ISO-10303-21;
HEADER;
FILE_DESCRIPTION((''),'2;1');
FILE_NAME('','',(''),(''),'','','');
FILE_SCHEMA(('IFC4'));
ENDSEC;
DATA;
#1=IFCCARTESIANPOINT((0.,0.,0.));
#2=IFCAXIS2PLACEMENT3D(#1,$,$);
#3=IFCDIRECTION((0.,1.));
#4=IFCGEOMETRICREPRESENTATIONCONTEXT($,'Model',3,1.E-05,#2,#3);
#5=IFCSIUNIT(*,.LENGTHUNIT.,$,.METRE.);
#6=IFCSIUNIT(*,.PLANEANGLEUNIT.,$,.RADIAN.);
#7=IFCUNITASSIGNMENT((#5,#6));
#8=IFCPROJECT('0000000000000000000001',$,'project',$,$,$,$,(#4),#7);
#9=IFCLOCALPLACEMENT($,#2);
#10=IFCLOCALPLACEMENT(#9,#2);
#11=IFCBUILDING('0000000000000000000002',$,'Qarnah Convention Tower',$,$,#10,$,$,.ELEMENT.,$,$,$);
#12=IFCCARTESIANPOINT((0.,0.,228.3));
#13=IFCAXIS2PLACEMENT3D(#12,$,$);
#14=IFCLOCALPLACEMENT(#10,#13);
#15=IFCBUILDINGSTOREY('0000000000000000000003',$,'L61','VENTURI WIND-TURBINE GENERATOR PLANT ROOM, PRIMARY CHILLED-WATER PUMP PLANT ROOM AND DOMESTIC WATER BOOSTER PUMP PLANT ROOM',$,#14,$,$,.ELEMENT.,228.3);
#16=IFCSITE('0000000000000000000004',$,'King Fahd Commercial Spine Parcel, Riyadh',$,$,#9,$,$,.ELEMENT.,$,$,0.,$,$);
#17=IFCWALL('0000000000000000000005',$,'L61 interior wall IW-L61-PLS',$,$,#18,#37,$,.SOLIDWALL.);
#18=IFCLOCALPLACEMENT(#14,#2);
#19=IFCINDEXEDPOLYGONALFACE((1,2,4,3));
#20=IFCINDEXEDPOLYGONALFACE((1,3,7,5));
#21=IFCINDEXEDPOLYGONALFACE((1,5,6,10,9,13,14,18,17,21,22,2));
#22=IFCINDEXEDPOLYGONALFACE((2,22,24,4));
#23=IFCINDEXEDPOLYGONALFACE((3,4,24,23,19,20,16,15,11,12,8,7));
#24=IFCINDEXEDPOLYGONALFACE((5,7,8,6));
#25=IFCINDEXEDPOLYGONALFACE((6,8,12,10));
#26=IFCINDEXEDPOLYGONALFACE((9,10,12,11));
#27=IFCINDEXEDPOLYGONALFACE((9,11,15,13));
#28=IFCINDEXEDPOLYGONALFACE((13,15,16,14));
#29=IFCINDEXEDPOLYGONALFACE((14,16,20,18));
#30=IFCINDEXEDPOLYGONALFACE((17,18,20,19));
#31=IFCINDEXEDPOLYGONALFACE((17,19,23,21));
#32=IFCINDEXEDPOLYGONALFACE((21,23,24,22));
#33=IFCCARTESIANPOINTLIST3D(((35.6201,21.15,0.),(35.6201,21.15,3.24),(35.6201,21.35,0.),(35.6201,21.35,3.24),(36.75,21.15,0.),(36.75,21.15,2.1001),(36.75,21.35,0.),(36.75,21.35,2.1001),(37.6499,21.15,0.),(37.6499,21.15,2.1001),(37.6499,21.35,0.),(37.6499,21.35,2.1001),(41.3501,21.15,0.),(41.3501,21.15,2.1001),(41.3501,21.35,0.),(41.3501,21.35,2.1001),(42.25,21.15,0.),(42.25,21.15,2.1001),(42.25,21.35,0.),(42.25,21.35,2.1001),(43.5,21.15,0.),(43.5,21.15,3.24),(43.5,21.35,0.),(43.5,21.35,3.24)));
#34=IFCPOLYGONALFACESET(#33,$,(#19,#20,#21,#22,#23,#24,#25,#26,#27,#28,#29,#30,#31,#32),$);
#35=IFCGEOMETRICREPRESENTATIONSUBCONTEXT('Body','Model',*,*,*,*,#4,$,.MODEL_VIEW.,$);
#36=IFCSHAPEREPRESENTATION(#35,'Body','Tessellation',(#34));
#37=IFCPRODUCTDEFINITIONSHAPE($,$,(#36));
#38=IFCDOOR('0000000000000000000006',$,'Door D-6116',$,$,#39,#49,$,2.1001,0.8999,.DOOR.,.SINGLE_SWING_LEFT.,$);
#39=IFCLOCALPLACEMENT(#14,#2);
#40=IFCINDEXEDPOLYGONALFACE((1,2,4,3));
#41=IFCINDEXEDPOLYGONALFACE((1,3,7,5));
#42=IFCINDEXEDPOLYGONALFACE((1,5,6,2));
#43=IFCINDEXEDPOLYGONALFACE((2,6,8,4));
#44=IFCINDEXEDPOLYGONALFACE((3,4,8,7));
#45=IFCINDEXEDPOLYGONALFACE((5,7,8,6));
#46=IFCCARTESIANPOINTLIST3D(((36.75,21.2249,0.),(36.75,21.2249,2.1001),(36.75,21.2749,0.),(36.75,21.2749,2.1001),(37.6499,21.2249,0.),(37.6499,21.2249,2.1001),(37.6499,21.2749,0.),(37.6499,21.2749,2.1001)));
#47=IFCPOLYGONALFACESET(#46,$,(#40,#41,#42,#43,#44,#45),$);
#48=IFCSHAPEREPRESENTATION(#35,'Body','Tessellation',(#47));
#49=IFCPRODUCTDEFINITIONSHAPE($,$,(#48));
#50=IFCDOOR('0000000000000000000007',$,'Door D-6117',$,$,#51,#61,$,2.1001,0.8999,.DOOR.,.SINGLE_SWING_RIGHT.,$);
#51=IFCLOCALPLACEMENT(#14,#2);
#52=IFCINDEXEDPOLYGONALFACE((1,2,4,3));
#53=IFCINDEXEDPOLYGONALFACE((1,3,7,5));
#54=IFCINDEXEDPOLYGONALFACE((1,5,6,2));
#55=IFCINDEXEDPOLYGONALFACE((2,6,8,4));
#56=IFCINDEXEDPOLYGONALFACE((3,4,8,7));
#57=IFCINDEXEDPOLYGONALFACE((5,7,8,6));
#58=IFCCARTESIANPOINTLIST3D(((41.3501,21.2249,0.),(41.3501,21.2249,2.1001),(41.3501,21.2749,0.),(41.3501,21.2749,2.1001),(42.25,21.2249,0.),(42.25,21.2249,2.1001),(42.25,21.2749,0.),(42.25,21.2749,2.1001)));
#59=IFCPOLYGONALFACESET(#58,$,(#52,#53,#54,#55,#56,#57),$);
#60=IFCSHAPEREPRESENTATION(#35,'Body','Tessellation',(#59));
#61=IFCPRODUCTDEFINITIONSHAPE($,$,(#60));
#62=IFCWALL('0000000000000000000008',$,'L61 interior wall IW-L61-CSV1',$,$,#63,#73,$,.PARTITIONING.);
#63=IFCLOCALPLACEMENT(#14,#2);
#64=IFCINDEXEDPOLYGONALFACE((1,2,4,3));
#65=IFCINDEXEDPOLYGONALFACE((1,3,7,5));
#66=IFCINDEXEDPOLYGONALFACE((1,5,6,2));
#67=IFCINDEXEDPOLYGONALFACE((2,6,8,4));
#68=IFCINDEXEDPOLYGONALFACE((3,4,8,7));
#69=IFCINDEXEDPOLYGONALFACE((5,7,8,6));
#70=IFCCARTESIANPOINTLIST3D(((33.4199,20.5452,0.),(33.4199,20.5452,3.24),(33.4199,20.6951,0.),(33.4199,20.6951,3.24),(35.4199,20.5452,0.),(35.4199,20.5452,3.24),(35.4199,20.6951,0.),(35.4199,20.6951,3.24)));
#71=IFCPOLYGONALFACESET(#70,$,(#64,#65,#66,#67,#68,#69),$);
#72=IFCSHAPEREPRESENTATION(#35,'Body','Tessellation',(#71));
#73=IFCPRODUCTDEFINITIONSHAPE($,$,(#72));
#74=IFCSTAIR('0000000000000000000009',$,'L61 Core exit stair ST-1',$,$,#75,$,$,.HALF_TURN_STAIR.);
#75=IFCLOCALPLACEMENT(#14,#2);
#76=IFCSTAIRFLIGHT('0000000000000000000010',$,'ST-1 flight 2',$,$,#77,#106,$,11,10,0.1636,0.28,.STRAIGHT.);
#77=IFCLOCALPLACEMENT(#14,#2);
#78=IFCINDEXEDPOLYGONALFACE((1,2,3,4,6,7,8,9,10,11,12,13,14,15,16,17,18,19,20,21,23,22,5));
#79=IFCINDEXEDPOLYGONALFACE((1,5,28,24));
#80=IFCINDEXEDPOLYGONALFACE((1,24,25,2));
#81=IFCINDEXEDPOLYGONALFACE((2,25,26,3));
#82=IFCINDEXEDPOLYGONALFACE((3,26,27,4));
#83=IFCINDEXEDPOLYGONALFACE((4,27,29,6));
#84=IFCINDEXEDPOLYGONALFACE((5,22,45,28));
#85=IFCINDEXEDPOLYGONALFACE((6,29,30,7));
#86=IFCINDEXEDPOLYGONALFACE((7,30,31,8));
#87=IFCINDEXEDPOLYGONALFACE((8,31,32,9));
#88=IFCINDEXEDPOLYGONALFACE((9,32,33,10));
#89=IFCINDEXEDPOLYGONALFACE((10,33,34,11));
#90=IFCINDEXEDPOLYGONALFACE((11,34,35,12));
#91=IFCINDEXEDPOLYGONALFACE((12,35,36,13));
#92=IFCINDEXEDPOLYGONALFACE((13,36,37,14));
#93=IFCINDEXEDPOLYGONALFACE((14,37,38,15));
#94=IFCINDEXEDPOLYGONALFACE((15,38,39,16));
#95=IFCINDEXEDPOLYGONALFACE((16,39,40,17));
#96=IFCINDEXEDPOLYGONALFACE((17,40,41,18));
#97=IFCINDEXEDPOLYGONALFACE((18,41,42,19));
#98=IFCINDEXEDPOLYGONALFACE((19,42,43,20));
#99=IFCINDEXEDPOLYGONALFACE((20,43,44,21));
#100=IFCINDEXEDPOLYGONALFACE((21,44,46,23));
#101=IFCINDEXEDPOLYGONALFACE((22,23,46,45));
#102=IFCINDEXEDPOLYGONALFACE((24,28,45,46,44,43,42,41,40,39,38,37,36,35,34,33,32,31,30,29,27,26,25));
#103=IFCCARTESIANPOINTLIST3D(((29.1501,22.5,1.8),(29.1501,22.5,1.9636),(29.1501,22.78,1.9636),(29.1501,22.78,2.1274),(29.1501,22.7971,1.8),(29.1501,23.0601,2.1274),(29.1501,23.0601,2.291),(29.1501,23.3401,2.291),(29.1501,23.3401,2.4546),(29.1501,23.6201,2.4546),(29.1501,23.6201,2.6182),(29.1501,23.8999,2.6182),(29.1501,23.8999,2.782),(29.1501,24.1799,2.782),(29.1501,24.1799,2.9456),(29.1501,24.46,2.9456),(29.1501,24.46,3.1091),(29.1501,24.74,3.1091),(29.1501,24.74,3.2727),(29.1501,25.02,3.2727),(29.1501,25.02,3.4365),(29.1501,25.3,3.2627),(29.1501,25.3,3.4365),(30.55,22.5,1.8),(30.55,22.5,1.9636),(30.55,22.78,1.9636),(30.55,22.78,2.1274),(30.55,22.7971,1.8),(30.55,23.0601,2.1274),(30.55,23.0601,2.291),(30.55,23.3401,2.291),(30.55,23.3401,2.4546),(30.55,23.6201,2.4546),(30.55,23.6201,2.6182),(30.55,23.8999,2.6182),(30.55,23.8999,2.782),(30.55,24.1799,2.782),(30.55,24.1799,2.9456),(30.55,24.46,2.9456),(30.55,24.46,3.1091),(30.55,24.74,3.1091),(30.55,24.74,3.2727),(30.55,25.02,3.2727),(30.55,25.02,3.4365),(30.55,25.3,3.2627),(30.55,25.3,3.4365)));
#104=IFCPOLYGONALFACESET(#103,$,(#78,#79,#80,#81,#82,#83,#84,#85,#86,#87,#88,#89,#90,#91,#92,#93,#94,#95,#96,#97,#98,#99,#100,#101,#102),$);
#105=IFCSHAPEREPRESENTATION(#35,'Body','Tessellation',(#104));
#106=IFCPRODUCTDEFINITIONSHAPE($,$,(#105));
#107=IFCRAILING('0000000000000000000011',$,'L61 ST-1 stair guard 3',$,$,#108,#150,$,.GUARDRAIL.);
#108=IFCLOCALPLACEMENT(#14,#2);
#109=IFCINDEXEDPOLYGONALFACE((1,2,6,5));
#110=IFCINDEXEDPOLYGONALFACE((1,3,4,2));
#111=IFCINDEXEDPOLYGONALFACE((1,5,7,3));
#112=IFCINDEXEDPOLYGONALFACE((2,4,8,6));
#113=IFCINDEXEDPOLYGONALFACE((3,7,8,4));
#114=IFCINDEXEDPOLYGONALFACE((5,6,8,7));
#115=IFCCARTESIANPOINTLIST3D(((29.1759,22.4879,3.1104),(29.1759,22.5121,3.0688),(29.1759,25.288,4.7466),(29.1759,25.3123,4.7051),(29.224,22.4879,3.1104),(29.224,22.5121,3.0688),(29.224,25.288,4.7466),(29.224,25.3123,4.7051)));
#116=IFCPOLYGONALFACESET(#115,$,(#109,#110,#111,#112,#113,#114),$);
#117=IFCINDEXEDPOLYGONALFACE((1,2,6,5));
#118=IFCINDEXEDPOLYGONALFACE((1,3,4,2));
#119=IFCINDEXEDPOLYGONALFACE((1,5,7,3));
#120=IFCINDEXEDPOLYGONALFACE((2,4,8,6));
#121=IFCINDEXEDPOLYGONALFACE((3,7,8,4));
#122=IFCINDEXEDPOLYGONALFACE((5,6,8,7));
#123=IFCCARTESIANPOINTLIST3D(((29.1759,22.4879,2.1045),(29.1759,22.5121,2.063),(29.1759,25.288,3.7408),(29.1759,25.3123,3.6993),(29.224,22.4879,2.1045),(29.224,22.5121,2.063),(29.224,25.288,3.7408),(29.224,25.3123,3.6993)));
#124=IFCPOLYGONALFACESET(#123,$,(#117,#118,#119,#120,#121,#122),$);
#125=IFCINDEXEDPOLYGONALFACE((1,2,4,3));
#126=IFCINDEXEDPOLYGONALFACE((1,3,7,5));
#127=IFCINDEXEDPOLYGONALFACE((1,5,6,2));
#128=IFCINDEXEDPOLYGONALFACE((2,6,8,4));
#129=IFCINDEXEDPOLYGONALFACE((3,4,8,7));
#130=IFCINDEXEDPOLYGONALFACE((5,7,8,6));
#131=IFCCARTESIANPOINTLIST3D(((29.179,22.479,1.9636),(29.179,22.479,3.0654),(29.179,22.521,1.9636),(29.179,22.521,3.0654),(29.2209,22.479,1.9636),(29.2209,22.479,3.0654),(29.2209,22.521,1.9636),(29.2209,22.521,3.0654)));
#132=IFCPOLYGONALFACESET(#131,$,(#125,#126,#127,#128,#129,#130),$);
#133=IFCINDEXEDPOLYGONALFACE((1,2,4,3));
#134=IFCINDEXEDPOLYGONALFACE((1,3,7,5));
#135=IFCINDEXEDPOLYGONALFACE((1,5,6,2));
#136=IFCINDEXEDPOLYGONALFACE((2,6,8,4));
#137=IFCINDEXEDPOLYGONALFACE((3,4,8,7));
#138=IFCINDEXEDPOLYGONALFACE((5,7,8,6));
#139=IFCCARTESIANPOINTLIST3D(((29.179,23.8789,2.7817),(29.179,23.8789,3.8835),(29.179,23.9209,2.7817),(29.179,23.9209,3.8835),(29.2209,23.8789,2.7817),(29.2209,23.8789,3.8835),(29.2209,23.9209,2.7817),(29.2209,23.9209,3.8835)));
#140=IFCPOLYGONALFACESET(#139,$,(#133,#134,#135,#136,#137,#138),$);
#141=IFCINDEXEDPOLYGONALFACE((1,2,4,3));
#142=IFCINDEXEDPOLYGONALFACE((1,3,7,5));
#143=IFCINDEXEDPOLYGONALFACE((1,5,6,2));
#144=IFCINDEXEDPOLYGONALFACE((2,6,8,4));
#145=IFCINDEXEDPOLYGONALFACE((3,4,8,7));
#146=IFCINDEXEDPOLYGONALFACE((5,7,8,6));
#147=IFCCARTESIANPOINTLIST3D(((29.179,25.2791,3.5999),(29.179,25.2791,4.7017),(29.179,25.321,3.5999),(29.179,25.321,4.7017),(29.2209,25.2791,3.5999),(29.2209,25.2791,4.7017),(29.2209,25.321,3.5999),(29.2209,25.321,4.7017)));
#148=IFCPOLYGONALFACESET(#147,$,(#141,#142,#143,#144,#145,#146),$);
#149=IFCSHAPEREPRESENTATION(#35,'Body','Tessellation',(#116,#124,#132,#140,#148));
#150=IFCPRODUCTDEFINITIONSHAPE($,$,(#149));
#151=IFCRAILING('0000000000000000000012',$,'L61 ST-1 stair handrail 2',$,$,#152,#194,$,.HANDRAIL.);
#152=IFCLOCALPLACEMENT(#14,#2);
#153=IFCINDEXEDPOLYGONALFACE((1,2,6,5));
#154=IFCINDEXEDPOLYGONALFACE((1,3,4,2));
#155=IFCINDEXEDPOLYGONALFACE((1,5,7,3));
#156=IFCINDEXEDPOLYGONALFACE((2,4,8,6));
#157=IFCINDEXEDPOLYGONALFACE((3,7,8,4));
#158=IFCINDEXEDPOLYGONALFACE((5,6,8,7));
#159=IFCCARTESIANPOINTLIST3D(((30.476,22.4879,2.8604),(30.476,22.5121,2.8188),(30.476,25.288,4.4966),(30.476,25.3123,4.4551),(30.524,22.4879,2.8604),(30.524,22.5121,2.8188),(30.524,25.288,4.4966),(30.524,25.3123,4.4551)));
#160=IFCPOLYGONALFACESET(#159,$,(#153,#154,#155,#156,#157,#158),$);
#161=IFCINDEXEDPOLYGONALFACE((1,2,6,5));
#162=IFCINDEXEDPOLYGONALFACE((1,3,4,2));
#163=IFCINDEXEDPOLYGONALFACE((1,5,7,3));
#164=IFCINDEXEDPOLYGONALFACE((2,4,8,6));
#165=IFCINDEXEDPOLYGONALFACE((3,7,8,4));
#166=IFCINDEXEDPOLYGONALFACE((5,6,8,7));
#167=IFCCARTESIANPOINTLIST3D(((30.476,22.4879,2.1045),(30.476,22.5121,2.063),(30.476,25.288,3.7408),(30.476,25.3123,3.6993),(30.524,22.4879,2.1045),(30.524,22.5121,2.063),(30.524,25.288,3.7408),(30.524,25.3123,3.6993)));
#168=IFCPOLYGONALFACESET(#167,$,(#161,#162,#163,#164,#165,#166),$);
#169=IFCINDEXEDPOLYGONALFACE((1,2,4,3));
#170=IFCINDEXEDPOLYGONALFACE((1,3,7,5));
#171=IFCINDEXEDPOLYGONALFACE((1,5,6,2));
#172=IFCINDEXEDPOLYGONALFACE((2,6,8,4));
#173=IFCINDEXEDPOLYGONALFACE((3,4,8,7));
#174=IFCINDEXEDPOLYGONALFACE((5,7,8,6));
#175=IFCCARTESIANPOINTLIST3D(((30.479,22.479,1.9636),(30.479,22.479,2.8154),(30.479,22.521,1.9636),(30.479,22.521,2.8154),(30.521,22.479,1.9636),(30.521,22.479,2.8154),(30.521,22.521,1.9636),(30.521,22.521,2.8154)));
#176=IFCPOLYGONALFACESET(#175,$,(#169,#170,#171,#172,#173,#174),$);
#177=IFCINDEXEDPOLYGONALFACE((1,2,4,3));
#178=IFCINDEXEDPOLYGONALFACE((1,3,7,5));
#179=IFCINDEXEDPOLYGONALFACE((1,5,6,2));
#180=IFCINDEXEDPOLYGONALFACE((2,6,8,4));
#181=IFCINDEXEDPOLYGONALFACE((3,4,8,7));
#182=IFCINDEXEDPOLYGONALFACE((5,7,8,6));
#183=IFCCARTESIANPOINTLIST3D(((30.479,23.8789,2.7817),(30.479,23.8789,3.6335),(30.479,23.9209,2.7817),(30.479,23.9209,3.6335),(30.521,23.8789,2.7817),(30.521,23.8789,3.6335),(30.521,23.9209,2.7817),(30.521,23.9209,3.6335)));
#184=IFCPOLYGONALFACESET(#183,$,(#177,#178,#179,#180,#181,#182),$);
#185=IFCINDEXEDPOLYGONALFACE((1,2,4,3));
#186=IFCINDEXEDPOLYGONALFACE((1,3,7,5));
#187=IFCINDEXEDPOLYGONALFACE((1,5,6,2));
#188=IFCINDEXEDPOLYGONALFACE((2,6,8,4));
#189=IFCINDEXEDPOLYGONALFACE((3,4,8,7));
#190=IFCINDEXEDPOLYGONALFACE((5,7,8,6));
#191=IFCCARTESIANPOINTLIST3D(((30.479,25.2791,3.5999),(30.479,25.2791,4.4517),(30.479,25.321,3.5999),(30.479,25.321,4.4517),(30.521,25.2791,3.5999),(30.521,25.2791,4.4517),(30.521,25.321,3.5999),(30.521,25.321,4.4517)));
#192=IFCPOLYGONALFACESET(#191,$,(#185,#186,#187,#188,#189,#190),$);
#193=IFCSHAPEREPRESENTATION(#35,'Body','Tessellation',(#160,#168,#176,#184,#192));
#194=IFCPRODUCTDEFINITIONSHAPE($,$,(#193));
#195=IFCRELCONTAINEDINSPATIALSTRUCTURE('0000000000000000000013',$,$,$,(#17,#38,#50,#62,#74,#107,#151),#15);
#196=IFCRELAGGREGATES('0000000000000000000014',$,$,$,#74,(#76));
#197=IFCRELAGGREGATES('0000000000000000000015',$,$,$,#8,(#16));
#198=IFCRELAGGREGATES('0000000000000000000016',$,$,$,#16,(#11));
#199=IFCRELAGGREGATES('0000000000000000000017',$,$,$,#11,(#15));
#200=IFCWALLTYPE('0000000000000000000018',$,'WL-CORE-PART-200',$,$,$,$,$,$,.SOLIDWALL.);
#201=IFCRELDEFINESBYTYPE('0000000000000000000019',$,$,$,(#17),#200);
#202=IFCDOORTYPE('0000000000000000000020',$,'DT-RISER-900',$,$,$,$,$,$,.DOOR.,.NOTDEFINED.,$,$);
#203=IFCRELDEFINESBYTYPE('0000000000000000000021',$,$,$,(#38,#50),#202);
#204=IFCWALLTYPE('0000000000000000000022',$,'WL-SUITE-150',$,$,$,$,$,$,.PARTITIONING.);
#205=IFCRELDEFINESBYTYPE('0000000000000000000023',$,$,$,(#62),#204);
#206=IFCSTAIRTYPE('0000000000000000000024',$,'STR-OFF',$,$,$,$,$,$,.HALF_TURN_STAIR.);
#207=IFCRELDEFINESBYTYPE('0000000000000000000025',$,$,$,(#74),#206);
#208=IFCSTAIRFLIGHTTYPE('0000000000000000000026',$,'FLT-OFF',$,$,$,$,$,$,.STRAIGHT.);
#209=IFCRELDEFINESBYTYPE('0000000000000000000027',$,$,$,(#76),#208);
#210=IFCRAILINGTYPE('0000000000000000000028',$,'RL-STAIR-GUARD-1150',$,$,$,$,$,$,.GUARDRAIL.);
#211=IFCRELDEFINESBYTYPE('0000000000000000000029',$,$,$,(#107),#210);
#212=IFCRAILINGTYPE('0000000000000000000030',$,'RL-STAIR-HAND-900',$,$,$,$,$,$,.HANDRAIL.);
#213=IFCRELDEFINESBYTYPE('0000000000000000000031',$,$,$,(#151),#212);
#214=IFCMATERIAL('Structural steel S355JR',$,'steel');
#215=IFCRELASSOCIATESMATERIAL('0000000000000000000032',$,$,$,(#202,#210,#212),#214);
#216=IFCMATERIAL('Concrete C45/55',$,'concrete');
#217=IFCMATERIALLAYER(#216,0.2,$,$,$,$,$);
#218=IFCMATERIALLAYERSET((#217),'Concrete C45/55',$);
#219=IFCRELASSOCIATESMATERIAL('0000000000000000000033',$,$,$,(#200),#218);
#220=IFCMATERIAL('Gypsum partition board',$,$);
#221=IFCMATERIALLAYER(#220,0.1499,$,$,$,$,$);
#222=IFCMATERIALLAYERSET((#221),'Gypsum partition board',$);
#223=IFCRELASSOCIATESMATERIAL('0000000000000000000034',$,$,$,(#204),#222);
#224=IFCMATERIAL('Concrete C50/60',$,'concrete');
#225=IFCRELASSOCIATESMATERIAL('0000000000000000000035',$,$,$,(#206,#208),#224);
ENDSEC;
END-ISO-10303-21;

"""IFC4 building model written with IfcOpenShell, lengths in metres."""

from ifc_helpers import new_model, si_unit, direction, frame, frame_2d, origin, origin_2d, place, context, subcontext, project, spatial, polyline, rectangle, outline, extrude, material, layer, layer_set, type_object, element, fill, aggregate, save


model = new_model("IFC4")

# Units and contexts
model_context = context("Model", 3, precision=1e-05, world=origin(), true_north=direction((0.0, 1.0)))
body_context = subcontext(model_context, "Body", "Model", "MODEL_VIEW")
ifc_project = project(units=[si_unit("LENGTHUNIT", "METRE"), si_unit("PLANEANGLEUNIT", "RADIAN")], contexts=[model_context])

# Site, building, storey
site_placement = place(None, origin())
site = spatial("IfcSite", under=ifc_project, at=site_placement, Name="King Fahd Commercial Spine Parcel, Riyadh", CompositionType="ELEMENT", RefElevation=0.0)
building_placement = place(site_placement, origin())
building = spatial("IfcBuilding", under=site, at=building_placement, Name="Qarnah Convention Tower", CompositionType="ELEMENT")
storey_placement = place(building_placement, frame((0.0, 0.0, 228.3)))
storey = spatial("IfcBuildingStorey", under=building, at=storey_placement, Name="L61", Description="VENTURI WIND-TURBINE GENERATOR PLANT ROOM, PRIMARY CHILLED-WATER PUMP PLANT ROOM AND DOMESTIC WATER BOOSTER PUMP PLANT ROOM", CompositionType="ELEMENT", Elevation=228.3)

# Shared definitions
ifc_material_1 = material(Name="Structural steel S355JR", Category="steel")

# Shared definitions
door_type_1 = type_object("IfcDoorType", Name="DT-RISER-900", OperationType="NOTDEFINED", PredefinedType="DOOR", material=ifc_material_1)
ifc_material_2 = material(Name="Concrete C45/55", Category="concrete")
ifc_layer_1 = layer(ifc_material_2, 0.2)
ifc_layer_set_1 = layer_set([ifc_layer_1], Name="Concrete C45/55")
wall_type_1 = type_object("IfcWallType", Name="WL-CORE-PART-200", PredefinedType="SOLIDWALL", material=ifc_layer_set_1)

# Wall, openings, doors
wall_1_placement = place(storey_placement, frame((35.6201, 21.25, 0.0), z_axis=(0.0, 0.0, 1.0), x_axis=(1.0, 0.0, 0.0)))
wall_1 = element("IfcWall", 1, at=wall_1_placement, inside=storey, type_object=wall_type_1, Name="L61 interior wall IW-L61-PLS", PredefinedType="SOLIDWALL", context=body_context, shape_type="SweptSolid", body=[
    extrude(rectangle(XDim=7.8799, YDim=0.2, at=frame_2d((3.9399, 0.0))), origin(), (0.0, 0.0, 1.0), 3.24),
])
opening_1_placement = place(wall_1_placement, frame((1.1299, 0.0, 0.0)))
opening_1 = element("IfcOpeningElement", 2, at=opening_1_placement, cuts=wall_1, PredefinedType="OPENING", context=body_context, shape_type="SweptSolid", body=[
    extrude(rectangle(XDim=0.8999, YDim=2.1001, at=frame_2d((0.45, 1.05))), frame((0.0, 0.1099, 0.0), z_axis=(0.0, -1.0, 0.0), x_axis=(1.0, 0.0, 0.0)), (0.0, 0.0, 1.0), 0.22),
])
opening_2_placement = place(wall_1_placement, frame((5.73, 0.0, 0.0)))
opening_2 = element("IfcOpeningElement", 3, at=opening_2_placement, cuts=wall_1, PredefinedType="OPENING", context=body_context, shape_type="SweptSolid", body=[
    extrude(rectangle(XDim=0.8999, YDim=2.1001, at=frame_2d((0.45, 1.05))), frame((0.0, 0.1099, 0.0), z_axis=(0.0, -1.0, 0.0), x_axis=(1.0, 0.0, 0.0)), (0.0, 0.0, 1.0), 0.22),
])
door_1_placement = place(opening_1_placement, origin())
door_1 = element("IfcDoor", 4, at=door_1_placement, inside=storey, type_object=door_type_1, Name="Door D-6116", OperationType="SINGLE_SWING_LEFT", OverallHeight=2.1001, OverallWidth=0.8999, PredefinedType="DOOR", context=body_context, shape_type="SweptSolid", body=[
    extrude(rectangle(XDim=0.8999, YDim=2.1001, at=frame_2d((0.45, 1.05))), frame((0.0, 0.0249, 0.0), z_axis=(0.0, -1.0, 0.0), x_axis=(1.0, 0.0, 0.0)), (0.0, 0.0, 1.0), 0.05),
])
fill(opening_1, door_1)
door_2_placement = place(opening_2_placement, origin())
door_2 = element("IfcDoor", 5, at=door_2_placement, inside=storey, type_object=door_type_1, Name="Door D-6117", OperationType="SINGLE_SWING_RIGHT", OverallHeight=2.1001, OverallWidth=0.8999, PredefinedType="DOOR", context=body_context, shape_type="SweptSolid", body=[
    extrude(rectangle(XDim=0.8999, YDim=2.1001, at=frame_2d((0.45, 1.05))), frame((0.0, 0.0249, 0.0), z_axis=(0.0, -1.0, 0.0), x_axis=(1.0, 0.0, 0.0)), (0.0, 0.0, 1.0), 0.05),
])
fill(opening_2, door_2)

# Wall
ifc_material_3 = material(Name="Gypsum partition board")
ifc_layer_2 = layer(ifc_material_3, 0.1499)
ifc_layer_set_2 = layer_set([ifc_layer_2], Name="Gypsum partition board")
wall_type_2 = type_object("IfcWallType", Name="WL-SUITE-150", PredefinedType="PARTITIONING", material=ifc_layer_set_2)
wall_2_placement = place(storey_placement, frame((33.4199, 20.6201, 0.0), z_axis=(0.0, 0.0, 1.0), x_axis=(1.0, 0.0, 0.0)))
element("IfcWall", 6, at=wall_2_placement, inside=storey, type_object=wall_type_2, Name="L61 interior wall IW-L61-CSV1", PredefinedType="PARTITIONING", context=body_context, shape_type="SweptSolid", body=[
    extrude(rectangle(XDim=2.0, YDim=0.1499, at=frame_2d((1.0, 0.0))), origin(), (0.0, 0.0, 1.0), 3.24),
])

# Stair, stair flight
ifc_material_4 = material(Name="Concrete C50/60", Category="concrete")
stair_type = type_object("IfcStairType", Name="STR-OFF", PredefinedType="HALF_TURN_STAIR", material=ifc_material_4)
stair_placement = place(storey_placement, origin())
stair = element("IfcStair", 7, at=stair_placement, inside=storey, type_object=stair_type, Name="L61 Core exit stair ST-1", PredefinedType="HALF_TURN_STAIR")
stair_flight_type = type_object("IfcStairFlightType", Name="FLT-OFF", PredefinedType="STRAIGHT", material=ifc_material_4)
stair_flight_placement = place(storey_placement, frame((29.8501, 22.5, 1.8), z_axis=(0.0, 0.0, 1.0), x_axis=(0.0, 1.0, 0.0)))
stair_flight = element("IfcStairFlight", 8, at=stair_flight_placement, type_object=stair_flight_type, Name="ST-1 flight 2", NumberOfRisers=11, NumberOfTreads=10, PredefinedType="STRAIGHT", RiserHeight=0.1636, TreadLength=0.28, context=body_context, shape_type="SweptSolid", body=[
    extrude(outline(polyline([(0.0, 0.0), (0.0, 0.1636), (0.28, 0.1636), (0.28, 0.3274), (0.5601, 0.3274), (0.5601, 0.491), (0.8401, 0.491), (0.8401, 0.6545), (1.1201, 0.6545), (1.1201, 0.8181), (1.3999, 0.8181), (1.3999, 0.9819), (1.6799, 0.9819), (1.6799, 1.1455), (1.96, 1.1455), (1.96, 1.3091), (2.24, 1.3091), (2.24, 1.4727), (2.52, 1.4727), (2.52, 1.6365), (2.8, 1.6365), (2.8, 1.8), (2.8, 1.4626), (0.2971, 0.0), (0.0, 0.0)])), frame((0.0, 0.7, 0.0), z_axis=(0.0, -1.0, 0.0), x_axis=(1.0, 0.0, 0.0)), (0.0, 0.0, 1.0), 1.3999),
])
aggregate(stair, [stair_flight])

# Railings
railing_type_1 = type_object("IfcRailingType", Name="RL-STAIR-GUARD-1150", PredefinedType="GUARDRAIL", material=ifc_material_1)
railing_1_placement = place(storey_placement, frame((29.2, 22.5, 1.9636)))
element("IfcRailing", 9, at=railing_1_placement, inside=storey, type_object=railing_type_1, Name="L61 ST-1 stair guard 3", PredefinedType="GUARDRAIL", context=body_context, shape_type="SweptSolid", body=[
    extrude(rectangle(XDim=0.0481, YDim=0.0481, at=origin_2d()), frame((0.0, 0.0, 1.126), z_axis=(0.0, 0.863394, 0.504531), x_axis=(-1.0, 0.0, 0.0)), (0.0, 0.0, 1.0), 3.2432),
    extrude(rectangle(XDim=0.0481, YDim=0.0481, at=origin_2d()), frame((0.0, 0.0, 0.1201), z_axis=(0.0, 0.863394, 0.504531), x_axis=(-1.0, 0.0, 0.0)), (0.0, 0.0, 1.0), 3.2432),
    extrude(rectangle(XDim=0.042, YDim=0.042, at=origin_2d()), origin(), (0.0, 0.0, 1.0), 1.1018),
    extrude(rectangle(XDim=0.042, YDim=0.042, at=origin_2d()), frame((0.0, 1.3999, 0.8181)), (0.0, 0.0, 1.0), 1.1018),
    extrude(rectangle(XDim=0.042, YDim=0.042, at=origin_2d()), frame((0.0, 2.8, 1.6362)), (0.0, 0.0, 1.0), 1.1018),
])
railing_type_2 = type_object("IfcRailingType", Name="RL-STAIR-HAND-900", PredefinedType="HANDRAIL", material=ifc_material_1)
railing_2_placement = place(storey_placement, frame((30.5, 22.5, 1.9636)))
element("IfcRailing", 10, at=railing_2_placement, inside=storey, type_object=railing_type_2, Name="L61 ST-1 stair handrail 2", PredefinedType="HANDRAIL", context=body_context, shape_type="SweptSolid", body=[
    extrude(rectangle(XDim=0.0481, YDim=0.0481, at=origin_2d()), frame((0.0, 0.0, 0.876), z_axis=(0.0, 0.863394, 0.504531), x_axis=(-1.0, 0.0, 0.0)), (0.0, 0.0, 1.0), 3.2432),
    extrude(rectangle(XDim=0.0481, YDim=0.0481, at=origin_2d()), frame((0.0, 0.0, 0.1201), z_axis=(0.0, 0.863394, 0.504531), x_axis=(-1.0, 0.0, 0.0)), (0.0, 0.0, 1.0), 3.2432),
    extrude(rectangle(XDim=0.042, YDim=0.042, at=origin_2d()), origin(), (0.0, 0.0, 1.0), 0.8518),
    extrude(rectangle(XDim=0.042, YDim=0.042, at=origin_2d()), frame((0.0, 1.3999, 0.8181)), (0.0, 0.0, 1.0), 0.8518),
    extrude(rectangle(XDim=0.042, YDim=0.042, at=origin_2d()), frame((0.0, 2.8, 1.6362)), (0.0, 0.0, 1.0), 0.8518),
])

save(model, "model.ifc")
